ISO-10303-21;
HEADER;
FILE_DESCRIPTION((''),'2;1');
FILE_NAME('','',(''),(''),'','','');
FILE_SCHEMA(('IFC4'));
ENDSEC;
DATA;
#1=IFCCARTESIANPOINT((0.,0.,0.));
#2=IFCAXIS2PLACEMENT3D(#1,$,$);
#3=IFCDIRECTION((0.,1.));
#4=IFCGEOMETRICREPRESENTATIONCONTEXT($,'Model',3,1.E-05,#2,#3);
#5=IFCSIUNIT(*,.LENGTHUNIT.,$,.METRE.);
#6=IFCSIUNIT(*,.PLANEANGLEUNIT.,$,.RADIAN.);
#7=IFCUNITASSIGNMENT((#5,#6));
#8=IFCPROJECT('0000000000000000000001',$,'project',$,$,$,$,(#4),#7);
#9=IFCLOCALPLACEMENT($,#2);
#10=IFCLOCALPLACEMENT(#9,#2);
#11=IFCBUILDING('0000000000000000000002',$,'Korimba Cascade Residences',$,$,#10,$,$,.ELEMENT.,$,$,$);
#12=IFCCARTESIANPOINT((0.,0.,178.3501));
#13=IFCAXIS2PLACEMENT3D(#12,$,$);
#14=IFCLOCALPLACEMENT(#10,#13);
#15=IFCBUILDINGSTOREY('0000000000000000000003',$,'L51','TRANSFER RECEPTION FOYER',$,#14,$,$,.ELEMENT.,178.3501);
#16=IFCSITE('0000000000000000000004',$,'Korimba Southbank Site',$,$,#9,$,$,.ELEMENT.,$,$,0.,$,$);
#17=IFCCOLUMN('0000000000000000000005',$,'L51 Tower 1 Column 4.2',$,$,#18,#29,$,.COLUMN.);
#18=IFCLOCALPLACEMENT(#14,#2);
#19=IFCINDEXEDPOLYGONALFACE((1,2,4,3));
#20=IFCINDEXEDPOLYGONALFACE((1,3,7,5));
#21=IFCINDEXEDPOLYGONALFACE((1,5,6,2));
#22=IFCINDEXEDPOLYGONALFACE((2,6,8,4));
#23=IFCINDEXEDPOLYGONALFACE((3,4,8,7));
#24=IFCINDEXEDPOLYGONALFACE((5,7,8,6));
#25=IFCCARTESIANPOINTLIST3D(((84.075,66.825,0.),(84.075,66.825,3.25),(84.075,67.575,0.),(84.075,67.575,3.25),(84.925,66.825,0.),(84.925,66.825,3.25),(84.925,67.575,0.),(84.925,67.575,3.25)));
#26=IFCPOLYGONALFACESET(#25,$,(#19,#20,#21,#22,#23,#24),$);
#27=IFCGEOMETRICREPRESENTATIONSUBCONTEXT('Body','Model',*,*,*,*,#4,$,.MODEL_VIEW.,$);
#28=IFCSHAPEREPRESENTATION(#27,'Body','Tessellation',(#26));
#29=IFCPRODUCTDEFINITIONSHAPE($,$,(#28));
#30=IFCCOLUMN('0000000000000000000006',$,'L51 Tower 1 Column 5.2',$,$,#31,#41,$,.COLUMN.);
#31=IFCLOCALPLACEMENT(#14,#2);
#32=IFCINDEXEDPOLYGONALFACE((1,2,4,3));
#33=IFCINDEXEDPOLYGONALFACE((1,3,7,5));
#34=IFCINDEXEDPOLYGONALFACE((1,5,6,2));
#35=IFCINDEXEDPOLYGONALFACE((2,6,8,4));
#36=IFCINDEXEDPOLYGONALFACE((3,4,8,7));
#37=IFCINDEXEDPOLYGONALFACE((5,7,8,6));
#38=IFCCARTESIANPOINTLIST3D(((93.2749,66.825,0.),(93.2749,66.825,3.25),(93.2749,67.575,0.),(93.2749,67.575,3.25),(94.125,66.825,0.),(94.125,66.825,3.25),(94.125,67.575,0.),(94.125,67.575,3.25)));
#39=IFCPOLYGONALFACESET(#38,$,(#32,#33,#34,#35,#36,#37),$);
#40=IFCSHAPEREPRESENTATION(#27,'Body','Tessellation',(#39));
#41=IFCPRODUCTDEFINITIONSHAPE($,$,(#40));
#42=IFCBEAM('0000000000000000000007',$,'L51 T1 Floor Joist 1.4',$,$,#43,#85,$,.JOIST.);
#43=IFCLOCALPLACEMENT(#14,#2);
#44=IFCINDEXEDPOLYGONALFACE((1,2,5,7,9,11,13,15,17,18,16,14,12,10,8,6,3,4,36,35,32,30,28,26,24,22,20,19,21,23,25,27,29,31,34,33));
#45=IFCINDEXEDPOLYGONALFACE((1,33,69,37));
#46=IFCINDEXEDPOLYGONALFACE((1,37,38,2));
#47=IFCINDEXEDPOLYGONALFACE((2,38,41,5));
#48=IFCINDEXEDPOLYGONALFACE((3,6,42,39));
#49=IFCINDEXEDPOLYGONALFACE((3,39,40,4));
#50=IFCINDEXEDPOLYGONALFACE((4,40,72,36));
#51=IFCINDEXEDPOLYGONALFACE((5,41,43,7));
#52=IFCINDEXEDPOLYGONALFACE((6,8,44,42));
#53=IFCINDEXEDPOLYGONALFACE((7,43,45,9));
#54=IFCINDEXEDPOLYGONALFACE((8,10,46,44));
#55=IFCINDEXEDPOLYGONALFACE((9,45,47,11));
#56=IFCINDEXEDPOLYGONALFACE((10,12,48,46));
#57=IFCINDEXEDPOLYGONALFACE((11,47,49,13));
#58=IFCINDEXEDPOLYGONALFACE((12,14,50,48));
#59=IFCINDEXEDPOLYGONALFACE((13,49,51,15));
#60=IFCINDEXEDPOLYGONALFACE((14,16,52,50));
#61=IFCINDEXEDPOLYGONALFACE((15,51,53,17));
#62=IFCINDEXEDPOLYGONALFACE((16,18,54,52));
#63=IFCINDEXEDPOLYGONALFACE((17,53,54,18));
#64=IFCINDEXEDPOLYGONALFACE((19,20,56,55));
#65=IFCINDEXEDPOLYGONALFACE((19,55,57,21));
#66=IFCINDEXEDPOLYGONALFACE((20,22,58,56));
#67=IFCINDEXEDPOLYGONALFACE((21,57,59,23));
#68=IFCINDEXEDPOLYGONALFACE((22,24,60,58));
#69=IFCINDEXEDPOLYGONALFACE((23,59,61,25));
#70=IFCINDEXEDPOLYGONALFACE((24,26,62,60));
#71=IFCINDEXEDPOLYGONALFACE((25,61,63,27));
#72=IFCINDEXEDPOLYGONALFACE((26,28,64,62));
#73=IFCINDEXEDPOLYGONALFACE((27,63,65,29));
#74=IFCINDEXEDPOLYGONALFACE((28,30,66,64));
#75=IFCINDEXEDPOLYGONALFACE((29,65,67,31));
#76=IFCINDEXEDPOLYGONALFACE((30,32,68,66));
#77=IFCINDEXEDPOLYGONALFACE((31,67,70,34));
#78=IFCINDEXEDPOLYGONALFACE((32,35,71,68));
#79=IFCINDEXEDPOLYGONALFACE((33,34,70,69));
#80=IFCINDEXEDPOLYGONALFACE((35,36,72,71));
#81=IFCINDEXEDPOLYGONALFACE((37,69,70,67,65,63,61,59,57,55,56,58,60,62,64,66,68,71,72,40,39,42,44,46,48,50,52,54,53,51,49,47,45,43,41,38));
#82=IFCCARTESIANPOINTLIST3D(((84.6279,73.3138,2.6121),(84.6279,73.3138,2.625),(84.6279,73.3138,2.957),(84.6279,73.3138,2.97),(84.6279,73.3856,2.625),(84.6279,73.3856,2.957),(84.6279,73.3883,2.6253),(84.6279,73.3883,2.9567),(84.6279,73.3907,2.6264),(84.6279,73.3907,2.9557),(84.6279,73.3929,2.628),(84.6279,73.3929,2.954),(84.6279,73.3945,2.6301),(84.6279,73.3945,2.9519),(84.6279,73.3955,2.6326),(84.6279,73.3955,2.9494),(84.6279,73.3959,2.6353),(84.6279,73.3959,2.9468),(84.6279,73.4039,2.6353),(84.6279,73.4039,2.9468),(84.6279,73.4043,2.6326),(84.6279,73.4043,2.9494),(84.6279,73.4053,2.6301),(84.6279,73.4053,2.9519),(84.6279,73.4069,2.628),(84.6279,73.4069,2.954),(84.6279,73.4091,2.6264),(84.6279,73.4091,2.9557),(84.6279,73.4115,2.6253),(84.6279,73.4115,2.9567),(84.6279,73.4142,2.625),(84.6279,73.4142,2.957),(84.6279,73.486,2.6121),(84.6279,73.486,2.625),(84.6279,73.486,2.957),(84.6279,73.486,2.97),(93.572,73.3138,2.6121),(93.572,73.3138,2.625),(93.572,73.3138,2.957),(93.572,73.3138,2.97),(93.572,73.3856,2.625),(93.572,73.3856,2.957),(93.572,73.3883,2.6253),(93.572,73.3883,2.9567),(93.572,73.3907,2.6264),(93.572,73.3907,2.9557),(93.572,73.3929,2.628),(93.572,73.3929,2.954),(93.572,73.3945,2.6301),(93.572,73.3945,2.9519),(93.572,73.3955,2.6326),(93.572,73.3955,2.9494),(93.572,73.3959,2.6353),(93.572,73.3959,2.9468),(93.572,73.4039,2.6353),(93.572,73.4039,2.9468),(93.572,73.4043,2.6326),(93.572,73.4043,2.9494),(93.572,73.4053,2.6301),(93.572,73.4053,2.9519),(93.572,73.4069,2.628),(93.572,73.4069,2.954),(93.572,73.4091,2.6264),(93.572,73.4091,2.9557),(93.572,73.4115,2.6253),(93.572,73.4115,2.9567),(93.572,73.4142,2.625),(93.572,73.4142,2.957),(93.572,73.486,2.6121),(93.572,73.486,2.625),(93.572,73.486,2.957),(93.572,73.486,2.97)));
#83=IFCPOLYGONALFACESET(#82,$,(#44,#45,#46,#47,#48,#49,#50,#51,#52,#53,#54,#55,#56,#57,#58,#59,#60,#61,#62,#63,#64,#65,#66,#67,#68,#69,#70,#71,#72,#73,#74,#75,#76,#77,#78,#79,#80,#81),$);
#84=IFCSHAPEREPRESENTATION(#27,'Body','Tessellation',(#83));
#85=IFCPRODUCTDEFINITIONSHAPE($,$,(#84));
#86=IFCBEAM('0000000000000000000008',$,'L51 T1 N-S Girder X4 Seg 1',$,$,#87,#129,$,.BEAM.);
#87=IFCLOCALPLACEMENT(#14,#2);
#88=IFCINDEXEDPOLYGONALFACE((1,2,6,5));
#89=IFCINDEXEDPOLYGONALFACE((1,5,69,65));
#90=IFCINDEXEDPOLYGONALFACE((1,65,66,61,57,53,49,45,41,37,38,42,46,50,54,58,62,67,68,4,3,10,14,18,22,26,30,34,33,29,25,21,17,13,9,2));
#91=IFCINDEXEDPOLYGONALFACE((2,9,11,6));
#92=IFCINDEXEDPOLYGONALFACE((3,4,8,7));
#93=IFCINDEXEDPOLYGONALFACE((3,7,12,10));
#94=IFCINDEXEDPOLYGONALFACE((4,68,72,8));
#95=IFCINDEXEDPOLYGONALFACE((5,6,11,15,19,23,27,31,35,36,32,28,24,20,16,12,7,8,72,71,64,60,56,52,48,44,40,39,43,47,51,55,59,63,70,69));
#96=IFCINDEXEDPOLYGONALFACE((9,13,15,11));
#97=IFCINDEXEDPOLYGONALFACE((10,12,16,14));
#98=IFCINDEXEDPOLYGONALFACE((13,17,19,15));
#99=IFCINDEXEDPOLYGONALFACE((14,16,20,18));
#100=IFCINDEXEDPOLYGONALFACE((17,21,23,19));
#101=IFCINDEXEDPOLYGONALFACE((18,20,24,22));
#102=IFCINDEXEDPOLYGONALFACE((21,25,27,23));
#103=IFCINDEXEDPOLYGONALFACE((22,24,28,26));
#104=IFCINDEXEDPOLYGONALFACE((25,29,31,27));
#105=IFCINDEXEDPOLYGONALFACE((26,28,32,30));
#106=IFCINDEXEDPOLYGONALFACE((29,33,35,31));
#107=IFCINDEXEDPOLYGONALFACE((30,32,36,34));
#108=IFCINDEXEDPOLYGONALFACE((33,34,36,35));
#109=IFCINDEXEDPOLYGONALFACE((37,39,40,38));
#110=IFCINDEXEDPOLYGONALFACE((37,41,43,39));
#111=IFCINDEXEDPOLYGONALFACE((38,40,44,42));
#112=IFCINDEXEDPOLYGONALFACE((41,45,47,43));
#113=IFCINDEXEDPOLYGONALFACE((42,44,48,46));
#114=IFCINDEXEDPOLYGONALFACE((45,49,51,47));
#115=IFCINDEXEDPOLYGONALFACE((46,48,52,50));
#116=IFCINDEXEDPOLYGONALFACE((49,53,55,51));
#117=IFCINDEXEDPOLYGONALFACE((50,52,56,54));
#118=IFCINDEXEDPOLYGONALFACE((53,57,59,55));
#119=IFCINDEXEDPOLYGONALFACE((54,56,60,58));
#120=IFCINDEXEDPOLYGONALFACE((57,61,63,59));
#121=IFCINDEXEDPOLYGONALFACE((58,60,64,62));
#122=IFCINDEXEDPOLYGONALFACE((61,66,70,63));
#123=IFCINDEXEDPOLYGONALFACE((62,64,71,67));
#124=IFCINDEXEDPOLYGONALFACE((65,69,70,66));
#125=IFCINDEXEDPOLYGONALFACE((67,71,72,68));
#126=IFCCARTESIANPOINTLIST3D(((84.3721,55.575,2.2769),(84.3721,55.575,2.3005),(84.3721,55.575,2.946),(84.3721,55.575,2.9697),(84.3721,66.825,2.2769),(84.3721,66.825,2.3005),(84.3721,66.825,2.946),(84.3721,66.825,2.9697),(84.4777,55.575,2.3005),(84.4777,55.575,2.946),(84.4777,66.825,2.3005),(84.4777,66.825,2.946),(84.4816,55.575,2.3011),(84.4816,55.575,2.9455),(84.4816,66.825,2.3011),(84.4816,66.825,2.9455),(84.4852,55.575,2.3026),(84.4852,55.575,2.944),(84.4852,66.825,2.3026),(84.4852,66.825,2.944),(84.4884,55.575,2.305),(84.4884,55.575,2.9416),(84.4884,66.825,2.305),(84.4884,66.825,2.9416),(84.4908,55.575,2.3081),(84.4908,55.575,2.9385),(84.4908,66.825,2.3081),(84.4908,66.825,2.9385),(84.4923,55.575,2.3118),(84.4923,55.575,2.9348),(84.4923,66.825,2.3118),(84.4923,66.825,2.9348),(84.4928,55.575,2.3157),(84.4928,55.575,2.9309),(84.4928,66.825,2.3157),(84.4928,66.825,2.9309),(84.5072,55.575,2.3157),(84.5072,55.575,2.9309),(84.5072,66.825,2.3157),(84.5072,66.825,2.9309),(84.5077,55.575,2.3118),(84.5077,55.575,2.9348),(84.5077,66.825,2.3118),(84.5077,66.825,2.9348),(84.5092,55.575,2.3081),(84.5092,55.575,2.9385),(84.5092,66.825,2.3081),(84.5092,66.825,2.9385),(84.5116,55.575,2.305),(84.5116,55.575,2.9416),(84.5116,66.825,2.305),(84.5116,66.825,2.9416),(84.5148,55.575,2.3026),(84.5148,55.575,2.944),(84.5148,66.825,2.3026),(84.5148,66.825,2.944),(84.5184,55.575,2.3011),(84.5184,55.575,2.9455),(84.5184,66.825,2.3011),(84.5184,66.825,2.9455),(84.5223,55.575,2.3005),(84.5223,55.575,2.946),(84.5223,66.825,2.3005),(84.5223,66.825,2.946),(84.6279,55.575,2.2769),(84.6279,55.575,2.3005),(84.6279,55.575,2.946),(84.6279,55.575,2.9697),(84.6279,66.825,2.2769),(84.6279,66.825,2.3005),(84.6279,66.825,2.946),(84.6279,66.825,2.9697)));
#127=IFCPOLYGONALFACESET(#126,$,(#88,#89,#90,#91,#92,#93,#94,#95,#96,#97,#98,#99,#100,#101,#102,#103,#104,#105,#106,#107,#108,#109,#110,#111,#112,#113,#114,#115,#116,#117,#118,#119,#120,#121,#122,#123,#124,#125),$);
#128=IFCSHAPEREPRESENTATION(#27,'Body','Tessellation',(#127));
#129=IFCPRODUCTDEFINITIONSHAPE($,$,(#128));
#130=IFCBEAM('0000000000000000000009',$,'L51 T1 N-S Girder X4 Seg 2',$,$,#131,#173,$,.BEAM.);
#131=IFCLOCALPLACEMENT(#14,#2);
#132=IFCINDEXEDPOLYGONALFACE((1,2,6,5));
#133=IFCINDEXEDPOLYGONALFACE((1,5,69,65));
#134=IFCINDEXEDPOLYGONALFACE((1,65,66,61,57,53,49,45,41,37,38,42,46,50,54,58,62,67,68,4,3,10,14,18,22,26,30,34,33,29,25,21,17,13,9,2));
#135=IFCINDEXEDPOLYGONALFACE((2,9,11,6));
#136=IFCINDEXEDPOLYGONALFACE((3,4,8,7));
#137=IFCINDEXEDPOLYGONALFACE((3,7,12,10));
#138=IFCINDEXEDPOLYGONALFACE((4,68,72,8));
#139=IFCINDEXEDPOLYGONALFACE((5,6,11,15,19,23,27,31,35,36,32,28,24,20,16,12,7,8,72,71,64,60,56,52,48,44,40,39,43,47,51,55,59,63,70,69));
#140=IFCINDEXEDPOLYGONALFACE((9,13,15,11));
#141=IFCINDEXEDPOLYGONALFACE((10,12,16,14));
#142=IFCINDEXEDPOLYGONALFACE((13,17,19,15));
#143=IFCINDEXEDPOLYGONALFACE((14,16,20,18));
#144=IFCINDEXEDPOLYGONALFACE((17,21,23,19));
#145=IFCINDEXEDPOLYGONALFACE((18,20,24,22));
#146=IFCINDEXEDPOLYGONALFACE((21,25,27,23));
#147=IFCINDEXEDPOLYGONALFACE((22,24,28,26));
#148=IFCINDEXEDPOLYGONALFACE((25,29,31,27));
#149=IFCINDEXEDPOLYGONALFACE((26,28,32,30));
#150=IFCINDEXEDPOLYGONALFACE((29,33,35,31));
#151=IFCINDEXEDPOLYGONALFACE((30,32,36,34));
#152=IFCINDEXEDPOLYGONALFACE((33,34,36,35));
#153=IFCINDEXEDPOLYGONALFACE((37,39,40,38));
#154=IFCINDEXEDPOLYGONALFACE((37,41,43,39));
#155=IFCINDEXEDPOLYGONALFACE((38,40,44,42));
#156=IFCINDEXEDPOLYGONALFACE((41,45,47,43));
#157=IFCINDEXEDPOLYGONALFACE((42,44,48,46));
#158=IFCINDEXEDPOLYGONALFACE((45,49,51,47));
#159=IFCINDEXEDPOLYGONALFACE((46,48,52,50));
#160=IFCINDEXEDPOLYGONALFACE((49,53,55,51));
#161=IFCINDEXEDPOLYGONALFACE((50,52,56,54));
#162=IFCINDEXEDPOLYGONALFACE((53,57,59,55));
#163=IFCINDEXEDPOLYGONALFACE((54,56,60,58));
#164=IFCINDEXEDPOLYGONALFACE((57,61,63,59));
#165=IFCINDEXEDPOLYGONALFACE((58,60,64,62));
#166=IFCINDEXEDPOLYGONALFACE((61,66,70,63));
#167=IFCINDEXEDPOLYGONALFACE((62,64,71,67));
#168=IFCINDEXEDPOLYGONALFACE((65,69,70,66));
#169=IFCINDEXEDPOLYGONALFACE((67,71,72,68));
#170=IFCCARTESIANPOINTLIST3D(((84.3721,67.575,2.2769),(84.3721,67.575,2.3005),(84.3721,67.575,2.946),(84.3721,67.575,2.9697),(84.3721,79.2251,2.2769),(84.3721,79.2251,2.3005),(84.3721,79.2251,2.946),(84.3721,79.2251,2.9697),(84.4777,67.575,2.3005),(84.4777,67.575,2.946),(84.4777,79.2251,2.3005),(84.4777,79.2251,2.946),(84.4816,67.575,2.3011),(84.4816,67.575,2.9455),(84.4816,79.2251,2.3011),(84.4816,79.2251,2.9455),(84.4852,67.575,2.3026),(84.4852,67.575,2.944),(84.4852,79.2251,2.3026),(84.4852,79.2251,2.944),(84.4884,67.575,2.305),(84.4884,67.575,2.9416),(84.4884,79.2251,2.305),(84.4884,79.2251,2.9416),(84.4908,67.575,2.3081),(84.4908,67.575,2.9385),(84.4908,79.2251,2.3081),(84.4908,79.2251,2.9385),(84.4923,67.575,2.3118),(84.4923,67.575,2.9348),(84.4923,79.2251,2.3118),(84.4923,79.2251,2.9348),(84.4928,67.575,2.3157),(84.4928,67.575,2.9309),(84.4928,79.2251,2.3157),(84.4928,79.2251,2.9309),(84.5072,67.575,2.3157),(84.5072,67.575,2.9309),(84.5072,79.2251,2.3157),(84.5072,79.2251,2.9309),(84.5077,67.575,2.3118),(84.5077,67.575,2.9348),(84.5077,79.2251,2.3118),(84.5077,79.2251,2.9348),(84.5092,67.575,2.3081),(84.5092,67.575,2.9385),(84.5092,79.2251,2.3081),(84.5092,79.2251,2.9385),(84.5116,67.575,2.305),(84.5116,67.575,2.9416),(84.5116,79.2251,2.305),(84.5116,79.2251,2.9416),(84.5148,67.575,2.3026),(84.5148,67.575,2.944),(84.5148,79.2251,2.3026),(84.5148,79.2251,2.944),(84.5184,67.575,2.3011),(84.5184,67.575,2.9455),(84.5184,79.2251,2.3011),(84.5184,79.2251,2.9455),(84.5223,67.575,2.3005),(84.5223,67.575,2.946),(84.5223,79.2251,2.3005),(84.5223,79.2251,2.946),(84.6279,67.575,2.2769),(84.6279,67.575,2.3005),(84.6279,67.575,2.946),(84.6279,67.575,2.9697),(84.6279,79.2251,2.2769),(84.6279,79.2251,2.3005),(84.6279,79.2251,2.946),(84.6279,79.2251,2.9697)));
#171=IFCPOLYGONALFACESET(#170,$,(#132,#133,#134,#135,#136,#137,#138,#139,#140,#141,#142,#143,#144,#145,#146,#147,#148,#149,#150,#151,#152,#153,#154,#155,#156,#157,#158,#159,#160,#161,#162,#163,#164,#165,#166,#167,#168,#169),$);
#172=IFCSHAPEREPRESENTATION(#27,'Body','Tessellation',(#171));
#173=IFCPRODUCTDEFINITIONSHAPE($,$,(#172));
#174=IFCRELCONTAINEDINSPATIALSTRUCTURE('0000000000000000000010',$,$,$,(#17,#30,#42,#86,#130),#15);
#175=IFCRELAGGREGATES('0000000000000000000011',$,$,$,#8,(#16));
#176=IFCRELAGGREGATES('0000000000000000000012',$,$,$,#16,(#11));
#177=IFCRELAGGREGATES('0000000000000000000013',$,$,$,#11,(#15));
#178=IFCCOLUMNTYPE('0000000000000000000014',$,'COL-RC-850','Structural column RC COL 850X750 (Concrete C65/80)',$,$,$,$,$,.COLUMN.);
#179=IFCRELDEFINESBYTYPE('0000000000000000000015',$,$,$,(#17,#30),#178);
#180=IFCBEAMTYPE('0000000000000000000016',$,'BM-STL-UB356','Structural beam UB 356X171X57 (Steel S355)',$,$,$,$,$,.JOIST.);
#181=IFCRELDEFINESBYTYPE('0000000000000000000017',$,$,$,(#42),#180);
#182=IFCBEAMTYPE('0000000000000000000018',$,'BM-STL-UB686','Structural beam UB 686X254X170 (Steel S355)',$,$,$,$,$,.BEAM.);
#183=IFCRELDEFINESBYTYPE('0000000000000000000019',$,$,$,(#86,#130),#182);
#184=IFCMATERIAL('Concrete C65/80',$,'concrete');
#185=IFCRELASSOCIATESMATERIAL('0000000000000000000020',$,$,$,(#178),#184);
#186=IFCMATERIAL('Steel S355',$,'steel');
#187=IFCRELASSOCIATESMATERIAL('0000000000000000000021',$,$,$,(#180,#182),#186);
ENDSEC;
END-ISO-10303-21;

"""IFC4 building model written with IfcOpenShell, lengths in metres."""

from ifc_helpers import new_model, si_unit, direction, frame, origin, origin_2d, place, context, subcontext, project, spatial, rectangle, i_section, extrude, material, material_profile, profile_set, type_object, element, save


model = new_model("IFC4")

# Units and contexts
model_context = context("Model", 3, precision=1e-05, world=origin(), true_north=direction((0.0, 1.0)))
body_context = subcontext(model_context, "Body", "Model", "MODEL_VIEW")
ifc_project = project(units=[si_unit("LENGTHUNIT", "METRE"), si_unit("PLANEANGLEUNIT", "RADIAN")], contexts=[model_context])

# Site, building, storey
site_placement = place(None, origin())
site = spatial("IfcSite", under=ifc_project, at=site_placement, Name="Korimba Southbank Site", CompositionType="ELEMENT", RefElevation=0.0)
building_placement = place(site_placement, origin())
building = spatial("IfcBuilding", under=site, at=building_placement, Name="Korimba Cascade Residences", CompositionType="ELEMENT")
storey_placement = place(building_placement, frame((0.0, 0.0, 178.3501)))
storey = spatial("IfcBuildingStorey", under=building, at=storey_placement, Name="L51", Description="TRANSFER RECEPTION FOYER", CompositionType="ELEMENT", Elevation=178.3501)

# Columns
ifc_material_1 = material(Name="Concrete C65/80", Category="concrete")
ifc_material_profile_1 = material_profile(ifc_material_1, rectangle(XDim=0.8501, YDim=0.75, at=origin_2d()), Name="Concrete C65/80")
ifc_profile_set_1 = profile_set([ifc_material_profile_1], Name="Concrete C65/80")
column_type = type_object("IfcColumnType", Name="COL-RC-850", Description="Structural column RC COL 850X750 (Concrete C65/80)", PredefinedType="COLUMN", material=ifc_profile_set_1)
for number, where, z_axis, x_axis, name in (
    (1, (84.5, 67.2, 0.0), (0.0, 0.0, 1.0), (1.0, 0.0, 0.0), "L51 Tower 1 Column 4.2"),
    (2, (93.7, 67.2, 0.0), (0.0, 0.0, 1.0), (1.0, 0.0, 0.0), "L51 Tower 1 Column 5.2"),
):
    element("IfcColumn", number, at=place(storey_placement, frame(where, z_axis=z_axis, x_axis=x_axis)), inside=storey, type_object=column_type, Name=name, PredefinedType="COLUMN", context=body_context, shape_type="SweptSolid", body=[
        extrude(rectangle(XDim=0.8501, YDim=0.75, at=origin_2d()), origin(), (0.0, 0.0, 1.0), 3.25),
    ])

# Beams
ifc_material_2 = material(Name="Steel S355", Category="steel")
ifc_material_profile_2 = material_profile(ifc_material_2, i_section(OverallWidth=0.1721, OverallDepth=0.3579, WebThickness=0.0081, FlangeThickness=0.0129, FilletRadius=0.0103, at=origin_2d()), Name="Steel S355")
ifc_profile_set_2 = profile_set([ifc_material_profile_2], Name="Steel S355")
beam_type_1 = type_object("IfcBeamType", Name="BM-STL-UB356", Description="Structural beam UB 356X171X57 (Steel S355)", PredefinedType="JOIST", material=ifc_profile_set_2)
beam_1_placement = place(storey_placement, frame((84.6279, 73.3999, 2.791), z_axis=(1.0, 0.0, 0.0), x_axis=(0.0, 1.0, 0.0)))
element("IfcBeam", 3, at=beam_1_placement, inside=storey, type_object=beam_type_1, Name="L51 T1 Floor Joist 1.4", PredefinedType="JOIST", context=body_context, shape_type="SweptSolid", body=[
    extrude(i_section(OverallWidth=0.1721, OverallDepth=0.3579, WebThickness=0.0081, FlangeThickness=0.0129, FilletRadius=0.0103, at=origin_2d()), origin(), (0.0, 0.0, 1.0), 8.9441),
])
ifc_material_profile_3 = material_profile(ifc_material_2, i_section(OverallWidth=0.2559, OverallDepth=0.6929, WebThickness=0.0144, FlangeThickness=0.0237, FilletRadius=0.0151, at=origin_2d()), Name="Steel S355")
ifc_profile_set_3 = profile_set([ifc_material_profile_3], Name="Steel S355")
beam_type_2 = type_object("IfcBeamType", Name="BM-STL-UB686", Description="Structural beam UB 686X254X170 (Steel S355)", PredefinedType="BEAM", material=ifc_profile_set_3)
beam_2_placement = place(storey_placement, frame((84.5, 55.575, 2.6233), z_axis=(0.0, 1.0, 0.0), x_axis=(-1.0, 0.0, 0.0)))
element("IfcBeam", 4, at=beam_2_placement, inside=storey, type_object=beam_type_2, Name="L51 T1 N-S Girder X4 Seg 1", PredefinedType="BEAM", context=body_context, shape_type="SweptSolid", body=[
    extrude(i_section(OverallWidth=0.2559, OverallDepth=0.6929, WebThickness=0.0144, FlangeThickness=0.0237, FilletRadius=0.0151, at=origin_2d()), origin(), (0.0, 0.0, 1.0), 11.25),
])
beam_3_placement = place(storey_placement, frame((84.5, 67.575, 2.6233), z_axis=(0.0, 1.0, 0.0), x_axis=(-1.0, 0.0, 0.0)))
element("IfcBeam", 5, at=beam_3_placement, inside=storey, type_object=beam_type_2, Name="L51 T1 N-S Girder X4 Seg 2", PredefinedType="BEAM", context=body_context, shape_type="SweptSolid", body=[
    extrude(i_section(OverallWidth=0.2559, OverallDepth=0.6929, WebThickness=0.0144, FlangeThickness=0.0237, FilletRadius=0.0151, at=origin_2d()), origin(), (0.0, 0.0, 1.0), 11.6501),
])

save(model, "model.ifc")
